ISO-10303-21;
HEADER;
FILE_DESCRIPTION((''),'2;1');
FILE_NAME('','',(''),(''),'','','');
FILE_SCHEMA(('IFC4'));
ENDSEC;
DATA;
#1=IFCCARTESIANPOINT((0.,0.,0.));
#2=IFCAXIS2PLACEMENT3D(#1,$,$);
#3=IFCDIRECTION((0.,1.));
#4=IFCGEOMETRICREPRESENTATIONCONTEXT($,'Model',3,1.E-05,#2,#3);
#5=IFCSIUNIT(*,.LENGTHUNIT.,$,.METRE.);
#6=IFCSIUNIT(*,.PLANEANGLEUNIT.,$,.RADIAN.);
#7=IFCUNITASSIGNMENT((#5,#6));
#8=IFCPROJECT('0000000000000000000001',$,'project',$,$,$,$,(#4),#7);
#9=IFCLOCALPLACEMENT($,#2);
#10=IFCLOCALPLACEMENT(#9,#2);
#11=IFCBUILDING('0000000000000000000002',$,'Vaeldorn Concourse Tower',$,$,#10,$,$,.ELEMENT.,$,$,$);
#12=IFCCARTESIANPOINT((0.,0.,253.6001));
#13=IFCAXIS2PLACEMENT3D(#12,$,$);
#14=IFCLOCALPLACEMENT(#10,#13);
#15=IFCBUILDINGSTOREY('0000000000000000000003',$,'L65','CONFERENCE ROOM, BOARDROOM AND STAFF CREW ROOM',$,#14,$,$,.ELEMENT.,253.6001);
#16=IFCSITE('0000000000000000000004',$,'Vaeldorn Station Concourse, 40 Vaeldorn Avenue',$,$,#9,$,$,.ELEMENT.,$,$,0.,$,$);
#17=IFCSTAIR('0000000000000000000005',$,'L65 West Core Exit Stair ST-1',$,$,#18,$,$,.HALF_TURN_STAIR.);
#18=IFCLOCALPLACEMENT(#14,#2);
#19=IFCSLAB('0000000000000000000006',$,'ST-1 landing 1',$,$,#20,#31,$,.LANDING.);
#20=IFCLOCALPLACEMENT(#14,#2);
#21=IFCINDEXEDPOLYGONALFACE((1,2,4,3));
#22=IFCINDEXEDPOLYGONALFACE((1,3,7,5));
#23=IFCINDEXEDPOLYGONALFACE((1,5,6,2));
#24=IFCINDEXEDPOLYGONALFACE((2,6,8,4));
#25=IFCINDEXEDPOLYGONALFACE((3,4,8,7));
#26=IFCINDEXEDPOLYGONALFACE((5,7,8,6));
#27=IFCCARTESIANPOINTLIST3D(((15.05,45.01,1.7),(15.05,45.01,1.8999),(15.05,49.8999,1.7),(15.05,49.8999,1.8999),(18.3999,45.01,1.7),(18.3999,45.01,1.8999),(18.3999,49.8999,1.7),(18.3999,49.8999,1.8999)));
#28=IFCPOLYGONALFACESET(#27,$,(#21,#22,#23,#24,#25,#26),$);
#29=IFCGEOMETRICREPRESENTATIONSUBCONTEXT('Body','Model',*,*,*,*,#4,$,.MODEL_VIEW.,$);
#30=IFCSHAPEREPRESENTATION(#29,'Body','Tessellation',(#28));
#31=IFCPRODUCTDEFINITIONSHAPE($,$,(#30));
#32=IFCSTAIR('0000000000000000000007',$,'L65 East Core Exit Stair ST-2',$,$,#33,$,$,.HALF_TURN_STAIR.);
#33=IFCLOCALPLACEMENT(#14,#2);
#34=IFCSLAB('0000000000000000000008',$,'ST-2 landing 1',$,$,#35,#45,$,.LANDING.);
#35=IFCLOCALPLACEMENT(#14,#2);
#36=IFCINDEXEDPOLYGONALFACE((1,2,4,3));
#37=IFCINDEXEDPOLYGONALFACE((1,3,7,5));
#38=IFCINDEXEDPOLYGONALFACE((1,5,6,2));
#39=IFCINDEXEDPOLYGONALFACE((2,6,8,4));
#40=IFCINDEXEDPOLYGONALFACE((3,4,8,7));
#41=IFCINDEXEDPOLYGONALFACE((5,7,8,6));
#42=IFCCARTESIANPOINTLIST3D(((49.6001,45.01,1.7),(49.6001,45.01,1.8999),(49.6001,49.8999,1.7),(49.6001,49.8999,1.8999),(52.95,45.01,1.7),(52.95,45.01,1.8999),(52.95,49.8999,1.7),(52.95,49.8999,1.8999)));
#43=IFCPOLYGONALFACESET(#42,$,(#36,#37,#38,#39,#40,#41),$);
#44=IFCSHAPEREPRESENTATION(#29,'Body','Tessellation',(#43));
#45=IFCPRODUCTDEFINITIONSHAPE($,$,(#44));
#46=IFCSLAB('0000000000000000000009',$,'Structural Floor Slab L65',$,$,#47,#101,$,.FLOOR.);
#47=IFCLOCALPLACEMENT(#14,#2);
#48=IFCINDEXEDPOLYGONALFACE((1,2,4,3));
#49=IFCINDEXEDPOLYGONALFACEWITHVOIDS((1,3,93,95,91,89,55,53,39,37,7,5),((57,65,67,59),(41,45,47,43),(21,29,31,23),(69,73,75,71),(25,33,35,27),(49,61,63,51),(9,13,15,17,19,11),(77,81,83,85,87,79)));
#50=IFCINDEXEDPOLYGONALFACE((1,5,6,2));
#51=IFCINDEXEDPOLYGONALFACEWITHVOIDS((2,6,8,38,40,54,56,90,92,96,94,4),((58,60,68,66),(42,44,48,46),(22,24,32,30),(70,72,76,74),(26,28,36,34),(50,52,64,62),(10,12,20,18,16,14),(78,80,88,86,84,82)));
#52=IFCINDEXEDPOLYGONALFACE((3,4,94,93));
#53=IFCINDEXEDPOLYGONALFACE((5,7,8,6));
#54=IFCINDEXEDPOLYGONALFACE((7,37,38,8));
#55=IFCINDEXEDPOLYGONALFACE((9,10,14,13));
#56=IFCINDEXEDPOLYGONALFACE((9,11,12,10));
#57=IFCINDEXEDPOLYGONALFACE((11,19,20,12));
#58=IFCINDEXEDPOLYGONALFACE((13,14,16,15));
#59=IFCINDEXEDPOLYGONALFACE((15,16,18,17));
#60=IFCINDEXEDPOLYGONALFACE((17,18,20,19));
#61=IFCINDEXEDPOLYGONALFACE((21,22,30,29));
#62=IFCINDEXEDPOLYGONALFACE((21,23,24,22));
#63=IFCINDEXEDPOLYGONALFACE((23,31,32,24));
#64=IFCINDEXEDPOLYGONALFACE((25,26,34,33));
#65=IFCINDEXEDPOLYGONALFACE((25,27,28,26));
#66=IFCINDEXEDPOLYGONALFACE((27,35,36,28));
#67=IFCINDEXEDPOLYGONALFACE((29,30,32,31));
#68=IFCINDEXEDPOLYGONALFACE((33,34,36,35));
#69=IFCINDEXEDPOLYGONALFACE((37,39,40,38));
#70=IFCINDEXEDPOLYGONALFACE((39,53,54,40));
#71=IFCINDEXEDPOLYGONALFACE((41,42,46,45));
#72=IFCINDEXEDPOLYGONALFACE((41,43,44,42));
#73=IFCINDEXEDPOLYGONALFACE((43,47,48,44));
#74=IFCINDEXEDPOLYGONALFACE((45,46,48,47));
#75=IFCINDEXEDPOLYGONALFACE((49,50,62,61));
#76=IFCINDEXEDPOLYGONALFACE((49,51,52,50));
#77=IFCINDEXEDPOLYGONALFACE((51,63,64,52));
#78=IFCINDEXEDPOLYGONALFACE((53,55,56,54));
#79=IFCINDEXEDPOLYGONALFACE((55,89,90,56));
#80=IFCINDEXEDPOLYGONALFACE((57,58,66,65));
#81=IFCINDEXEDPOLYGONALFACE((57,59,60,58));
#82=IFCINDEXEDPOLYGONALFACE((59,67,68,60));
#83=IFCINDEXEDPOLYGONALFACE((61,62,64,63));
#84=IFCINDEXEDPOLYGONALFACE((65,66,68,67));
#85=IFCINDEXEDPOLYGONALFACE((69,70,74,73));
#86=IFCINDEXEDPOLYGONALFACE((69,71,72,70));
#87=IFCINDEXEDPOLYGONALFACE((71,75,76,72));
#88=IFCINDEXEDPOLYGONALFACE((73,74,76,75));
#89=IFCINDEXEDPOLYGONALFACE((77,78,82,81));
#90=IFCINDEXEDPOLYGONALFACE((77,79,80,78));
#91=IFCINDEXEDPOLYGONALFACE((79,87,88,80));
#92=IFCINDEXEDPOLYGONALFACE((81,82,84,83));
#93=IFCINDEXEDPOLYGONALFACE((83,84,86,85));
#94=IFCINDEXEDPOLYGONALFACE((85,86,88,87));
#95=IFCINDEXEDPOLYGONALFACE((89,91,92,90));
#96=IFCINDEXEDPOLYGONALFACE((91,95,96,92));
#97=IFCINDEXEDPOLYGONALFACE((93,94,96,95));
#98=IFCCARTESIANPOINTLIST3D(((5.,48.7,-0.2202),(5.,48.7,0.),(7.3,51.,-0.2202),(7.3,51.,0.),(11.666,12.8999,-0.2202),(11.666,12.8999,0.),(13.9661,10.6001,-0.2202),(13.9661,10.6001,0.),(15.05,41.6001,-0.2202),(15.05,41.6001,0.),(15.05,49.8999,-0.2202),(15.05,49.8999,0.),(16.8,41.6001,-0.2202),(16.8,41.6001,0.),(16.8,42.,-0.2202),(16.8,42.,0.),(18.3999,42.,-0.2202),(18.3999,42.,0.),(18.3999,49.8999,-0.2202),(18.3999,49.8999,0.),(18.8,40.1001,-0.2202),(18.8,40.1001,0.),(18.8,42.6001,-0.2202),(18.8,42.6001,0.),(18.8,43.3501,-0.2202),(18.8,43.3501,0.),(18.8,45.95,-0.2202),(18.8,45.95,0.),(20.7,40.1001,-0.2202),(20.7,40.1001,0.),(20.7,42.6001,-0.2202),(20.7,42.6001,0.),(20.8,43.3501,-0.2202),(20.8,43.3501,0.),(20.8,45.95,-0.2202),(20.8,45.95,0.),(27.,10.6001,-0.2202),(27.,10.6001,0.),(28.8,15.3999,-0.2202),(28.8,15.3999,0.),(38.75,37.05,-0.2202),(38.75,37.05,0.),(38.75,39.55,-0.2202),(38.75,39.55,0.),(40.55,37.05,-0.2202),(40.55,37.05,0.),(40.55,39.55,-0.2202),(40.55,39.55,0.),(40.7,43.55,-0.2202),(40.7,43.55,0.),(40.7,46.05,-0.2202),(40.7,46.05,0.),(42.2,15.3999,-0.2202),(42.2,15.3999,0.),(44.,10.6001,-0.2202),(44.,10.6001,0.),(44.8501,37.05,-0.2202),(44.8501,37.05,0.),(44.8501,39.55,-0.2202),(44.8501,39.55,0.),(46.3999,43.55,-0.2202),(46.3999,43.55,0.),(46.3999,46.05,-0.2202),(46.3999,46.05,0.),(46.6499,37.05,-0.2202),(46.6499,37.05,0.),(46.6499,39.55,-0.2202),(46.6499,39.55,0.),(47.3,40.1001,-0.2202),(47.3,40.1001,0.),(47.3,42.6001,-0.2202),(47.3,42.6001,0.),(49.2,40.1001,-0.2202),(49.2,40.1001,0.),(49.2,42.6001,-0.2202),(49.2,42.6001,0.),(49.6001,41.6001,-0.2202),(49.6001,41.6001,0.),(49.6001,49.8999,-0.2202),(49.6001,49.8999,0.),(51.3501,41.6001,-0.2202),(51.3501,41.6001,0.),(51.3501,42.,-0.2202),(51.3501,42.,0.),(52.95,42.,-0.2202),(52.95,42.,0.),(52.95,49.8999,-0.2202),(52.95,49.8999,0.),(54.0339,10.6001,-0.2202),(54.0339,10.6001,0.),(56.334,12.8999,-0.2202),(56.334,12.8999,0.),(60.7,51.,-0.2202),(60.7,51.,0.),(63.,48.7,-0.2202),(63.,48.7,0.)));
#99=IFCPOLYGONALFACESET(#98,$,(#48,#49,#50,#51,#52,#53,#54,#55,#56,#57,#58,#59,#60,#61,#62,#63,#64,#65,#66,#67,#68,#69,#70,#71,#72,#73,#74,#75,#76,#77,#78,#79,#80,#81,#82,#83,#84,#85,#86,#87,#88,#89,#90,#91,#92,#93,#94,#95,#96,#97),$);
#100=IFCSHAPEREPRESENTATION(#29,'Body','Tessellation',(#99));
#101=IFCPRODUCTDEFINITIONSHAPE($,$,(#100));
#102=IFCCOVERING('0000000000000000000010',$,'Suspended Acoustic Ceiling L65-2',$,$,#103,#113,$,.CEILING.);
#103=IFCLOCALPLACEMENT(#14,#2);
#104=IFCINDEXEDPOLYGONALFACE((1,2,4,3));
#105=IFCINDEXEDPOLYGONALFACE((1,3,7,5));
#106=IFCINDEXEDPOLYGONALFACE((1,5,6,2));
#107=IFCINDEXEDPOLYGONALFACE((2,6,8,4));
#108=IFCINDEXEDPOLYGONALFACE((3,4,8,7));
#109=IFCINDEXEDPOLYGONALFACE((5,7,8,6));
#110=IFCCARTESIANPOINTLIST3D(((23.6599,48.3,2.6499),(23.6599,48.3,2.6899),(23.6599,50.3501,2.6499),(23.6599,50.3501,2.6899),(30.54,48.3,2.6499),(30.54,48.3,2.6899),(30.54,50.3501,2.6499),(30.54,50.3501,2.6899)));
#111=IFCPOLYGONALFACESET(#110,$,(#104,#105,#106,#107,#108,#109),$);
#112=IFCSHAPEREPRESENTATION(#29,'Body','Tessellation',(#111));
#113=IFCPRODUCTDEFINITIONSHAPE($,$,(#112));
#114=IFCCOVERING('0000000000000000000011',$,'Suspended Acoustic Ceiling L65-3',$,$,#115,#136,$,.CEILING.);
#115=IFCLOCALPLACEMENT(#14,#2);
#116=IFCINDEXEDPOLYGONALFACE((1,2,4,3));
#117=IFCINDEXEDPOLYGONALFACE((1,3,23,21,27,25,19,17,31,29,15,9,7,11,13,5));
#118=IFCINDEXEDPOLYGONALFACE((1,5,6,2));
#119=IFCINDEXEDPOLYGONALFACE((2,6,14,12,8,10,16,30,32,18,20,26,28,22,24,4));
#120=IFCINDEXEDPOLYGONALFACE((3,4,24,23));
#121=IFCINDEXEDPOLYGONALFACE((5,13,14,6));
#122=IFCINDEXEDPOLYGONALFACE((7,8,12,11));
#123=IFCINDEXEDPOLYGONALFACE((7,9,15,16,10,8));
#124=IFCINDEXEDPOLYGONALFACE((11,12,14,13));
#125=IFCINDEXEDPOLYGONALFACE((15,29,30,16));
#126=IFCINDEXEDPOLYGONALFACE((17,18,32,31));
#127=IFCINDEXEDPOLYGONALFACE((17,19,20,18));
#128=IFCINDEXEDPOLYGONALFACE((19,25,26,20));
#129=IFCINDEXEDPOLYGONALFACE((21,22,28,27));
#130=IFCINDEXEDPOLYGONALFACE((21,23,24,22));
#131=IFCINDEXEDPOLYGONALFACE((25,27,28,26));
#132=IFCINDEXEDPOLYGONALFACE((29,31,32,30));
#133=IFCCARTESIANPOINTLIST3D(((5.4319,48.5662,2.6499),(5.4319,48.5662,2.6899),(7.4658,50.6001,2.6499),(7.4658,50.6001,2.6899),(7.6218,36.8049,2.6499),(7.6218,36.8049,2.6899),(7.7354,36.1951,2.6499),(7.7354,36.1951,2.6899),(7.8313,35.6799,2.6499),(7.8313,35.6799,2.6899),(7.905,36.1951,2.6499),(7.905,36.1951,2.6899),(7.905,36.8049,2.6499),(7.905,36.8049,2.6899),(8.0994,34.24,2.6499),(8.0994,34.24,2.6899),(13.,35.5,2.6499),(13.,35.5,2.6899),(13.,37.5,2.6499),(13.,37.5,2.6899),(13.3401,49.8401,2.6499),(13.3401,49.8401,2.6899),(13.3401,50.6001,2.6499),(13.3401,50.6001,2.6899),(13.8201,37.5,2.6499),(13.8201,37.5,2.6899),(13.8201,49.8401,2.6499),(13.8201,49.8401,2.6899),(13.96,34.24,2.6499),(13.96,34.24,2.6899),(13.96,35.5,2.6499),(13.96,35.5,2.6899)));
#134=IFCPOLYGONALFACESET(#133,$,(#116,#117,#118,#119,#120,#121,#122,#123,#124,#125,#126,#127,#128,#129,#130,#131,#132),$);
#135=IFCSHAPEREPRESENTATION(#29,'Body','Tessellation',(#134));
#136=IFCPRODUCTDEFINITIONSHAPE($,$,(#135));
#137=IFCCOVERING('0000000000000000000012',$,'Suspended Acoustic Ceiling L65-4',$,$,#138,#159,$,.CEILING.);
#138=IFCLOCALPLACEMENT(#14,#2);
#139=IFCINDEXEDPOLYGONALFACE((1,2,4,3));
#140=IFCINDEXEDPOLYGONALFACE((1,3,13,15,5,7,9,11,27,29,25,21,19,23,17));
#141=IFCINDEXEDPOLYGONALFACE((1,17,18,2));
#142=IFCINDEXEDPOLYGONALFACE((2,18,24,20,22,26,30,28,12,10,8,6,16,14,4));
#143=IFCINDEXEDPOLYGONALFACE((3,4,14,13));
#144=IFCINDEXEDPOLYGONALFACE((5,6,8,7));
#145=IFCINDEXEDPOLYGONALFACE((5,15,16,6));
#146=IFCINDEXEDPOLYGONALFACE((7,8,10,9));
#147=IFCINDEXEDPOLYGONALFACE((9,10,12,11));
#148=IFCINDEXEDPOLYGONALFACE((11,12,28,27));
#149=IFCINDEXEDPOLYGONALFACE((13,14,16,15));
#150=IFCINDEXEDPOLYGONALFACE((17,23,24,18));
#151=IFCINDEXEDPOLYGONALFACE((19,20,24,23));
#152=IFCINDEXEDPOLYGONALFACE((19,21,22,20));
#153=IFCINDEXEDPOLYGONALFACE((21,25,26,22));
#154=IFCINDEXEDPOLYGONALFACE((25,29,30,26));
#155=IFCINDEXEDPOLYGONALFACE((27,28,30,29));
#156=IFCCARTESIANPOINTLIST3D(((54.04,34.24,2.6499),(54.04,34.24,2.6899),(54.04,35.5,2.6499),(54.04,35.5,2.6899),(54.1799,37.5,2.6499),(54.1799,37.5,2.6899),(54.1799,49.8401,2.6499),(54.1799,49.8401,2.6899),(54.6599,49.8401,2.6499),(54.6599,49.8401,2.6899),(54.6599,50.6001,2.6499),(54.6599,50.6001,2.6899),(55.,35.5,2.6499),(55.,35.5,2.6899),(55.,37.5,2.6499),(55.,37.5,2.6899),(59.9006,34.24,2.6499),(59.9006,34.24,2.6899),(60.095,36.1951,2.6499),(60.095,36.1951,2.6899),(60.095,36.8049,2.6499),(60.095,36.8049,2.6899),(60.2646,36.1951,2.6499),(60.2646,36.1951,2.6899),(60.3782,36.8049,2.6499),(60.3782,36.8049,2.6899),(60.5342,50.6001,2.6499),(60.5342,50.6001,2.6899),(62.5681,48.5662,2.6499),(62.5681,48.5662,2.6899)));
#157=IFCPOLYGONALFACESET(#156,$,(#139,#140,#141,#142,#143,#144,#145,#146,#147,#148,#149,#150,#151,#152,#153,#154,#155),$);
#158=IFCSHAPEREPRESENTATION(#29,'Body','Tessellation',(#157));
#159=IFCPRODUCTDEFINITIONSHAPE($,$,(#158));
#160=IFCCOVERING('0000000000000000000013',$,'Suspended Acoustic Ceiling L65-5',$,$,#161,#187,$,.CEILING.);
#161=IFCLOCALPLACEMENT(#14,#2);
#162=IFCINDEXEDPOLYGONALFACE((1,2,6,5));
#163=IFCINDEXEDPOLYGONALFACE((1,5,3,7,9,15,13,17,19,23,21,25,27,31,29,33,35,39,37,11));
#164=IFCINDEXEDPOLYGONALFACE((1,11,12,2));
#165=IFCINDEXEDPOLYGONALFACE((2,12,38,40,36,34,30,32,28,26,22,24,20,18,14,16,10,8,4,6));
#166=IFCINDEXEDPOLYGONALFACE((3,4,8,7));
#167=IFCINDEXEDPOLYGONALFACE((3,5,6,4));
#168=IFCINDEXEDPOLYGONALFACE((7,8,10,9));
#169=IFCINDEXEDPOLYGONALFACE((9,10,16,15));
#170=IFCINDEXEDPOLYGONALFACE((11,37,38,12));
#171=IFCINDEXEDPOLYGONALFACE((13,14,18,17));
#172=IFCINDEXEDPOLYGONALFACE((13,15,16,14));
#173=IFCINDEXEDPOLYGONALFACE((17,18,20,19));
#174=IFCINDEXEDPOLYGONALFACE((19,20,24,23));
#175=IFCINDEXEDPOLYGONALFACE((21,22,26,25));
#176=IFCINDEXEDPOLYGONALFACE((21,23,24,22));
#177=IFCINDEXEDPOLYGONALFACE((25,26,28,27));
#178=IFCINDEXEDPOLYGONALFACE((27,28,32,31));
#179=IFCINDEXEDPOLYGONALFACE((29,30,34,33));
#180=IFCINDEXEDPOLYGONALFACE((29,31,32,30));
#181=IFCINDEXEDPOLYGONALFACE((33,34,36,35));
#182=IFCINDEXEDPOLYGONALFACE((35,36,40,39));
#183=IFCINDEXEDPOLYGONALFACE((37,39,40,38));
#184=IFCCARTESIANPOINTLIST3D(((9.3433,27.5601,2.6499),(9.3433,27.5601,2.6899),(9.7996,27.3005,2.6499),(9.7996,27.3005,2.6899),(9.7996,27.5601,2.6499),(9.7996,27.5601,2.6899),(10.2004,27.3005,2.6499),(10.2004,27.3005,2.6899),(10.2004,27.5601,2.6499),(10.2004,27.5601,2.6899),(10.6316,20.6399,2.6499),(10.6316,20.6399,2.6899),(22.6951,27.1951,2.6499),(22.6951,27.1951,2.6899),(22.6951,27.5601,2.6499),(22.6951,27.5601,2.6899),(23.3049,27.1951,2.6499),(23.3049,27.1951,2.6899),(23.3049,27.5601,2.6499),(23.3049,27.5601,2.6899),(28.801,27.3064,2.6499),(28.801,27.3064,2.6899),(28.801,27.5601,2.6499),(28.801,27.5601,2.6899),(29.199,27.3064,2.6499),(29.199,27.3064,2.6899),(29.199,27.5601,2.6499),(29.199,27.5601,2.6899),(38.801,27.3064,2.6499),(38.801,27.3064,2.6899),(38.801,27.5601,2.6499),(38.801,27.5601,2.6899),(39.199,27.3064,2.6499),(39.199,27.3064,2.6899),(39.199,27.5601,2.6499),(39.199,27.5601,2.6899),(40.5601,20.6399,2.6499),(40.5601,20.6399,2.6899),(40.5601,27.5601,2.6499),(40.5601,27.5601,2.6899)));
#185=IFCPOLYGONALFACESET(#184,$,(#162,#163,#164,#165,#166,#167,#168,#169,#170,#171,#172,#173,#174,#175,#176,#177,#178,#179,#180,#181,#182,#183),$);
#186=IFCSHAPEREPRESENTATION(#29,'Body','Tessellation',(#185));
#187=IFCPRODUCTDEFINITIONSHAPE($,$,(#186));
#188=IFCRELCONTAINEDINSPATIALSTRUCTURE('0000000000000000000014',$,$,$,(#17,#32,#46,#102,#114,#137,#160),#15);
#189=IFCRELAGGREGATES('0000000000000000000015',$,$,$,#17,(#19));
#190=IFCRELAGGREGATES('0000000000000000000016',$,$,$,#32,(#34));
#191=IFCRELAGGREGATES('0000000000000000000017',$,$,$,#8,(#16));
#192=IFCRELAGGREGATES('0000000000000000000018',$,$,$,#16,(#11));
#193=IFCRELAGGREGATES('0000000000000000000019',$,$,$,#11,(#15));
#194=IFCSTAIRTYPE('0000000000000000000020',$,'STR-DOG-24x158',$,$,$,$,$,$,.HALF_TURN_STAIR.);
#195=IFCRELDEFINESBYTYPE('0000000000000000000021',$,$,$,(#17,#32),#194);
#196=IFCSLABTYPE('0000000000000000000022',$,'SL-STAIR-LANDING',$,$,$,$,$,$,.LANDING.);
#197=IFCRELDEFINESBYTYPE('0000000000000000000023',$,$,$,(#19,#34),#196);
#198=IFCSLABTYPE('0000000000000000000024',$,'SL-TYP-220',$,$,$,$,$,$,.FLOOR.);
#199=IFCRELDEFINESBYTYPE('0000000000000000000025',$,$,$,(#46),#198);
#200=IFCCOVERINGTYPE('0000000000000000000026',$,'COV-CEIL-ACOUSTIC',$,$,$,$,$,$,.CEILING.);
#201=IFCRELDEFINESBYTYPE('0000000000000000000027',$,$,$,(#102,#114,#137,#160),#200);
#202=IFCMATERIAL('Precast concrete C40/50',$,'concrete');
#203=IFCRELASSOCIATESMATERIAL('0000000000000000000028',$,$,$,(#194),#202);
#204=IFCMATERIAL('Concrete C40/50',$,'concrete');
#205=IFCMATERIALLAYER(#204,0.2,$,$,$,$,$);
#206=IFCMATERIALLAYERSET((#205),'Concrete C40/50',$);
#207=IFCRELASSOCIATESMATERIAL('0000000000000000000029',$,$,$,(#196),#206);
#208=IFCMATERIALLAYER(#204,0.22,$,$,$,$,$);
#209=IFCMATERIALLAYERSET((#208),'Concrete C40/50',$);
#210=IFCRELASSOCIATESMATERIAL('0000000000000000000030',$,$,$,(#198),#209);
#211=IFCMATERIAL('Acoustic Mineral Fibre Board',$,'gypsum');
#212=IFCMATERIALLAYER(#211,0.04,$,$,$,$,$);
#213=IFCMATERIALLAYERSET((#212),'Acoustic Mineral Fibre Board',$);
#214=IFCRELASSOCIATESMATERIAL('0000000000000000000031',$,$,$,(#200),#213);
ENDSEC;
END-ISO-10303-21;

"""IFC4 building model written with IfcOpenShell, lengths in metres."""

from ifc_helpers import new_model, si_unit, direction, frame, origin, place, context, subcontext, project, spatial, polyline, outline, extrude, material, layer, layer_set, type_object, element, aggregate, save


model = new_model("IFC4")

# Units and contexts
model_context = context("Model", 3, precision=1e-05, world=origin(), true_north=direction((0.0, 1.0)))
body_context = subcontext(model_context, "Body", "Model", "MODEL_VIEW")
ifc_project = project(units=[si_unit("LENGTHUNIT", "METRE"), si_unit("PLANEANGLEUNIT", "RADIAN")], contexts=[model_context])

# Site, building, storey
site_placement = place(None, origin())
site = spatial("IfcSite", under=ifc_project, at=site_placement, Name="Vaeldorn Station Concourse, 40 Vaeldorn Avenue", CompositionType="ELEMENT", RefElevation=0.0)
building_placement = place(site_placement, origin())
building = spatial("IfcBuilding", under=site, at=building_placement, Name="Vaeldorn Concourse Tower", CompositionType="ELEMENT")
storey_placement = place(building_placement, frame((0.0, 0.0, 253.6001)))
storey = spatial("IfcBuildingStorey", under=building, at=storey_placement, Name="L65", Description="CONFERENCE ROOM, BOARDROOM AND STAFF CREW ROOM", CompositionType="ELEMENT", Elevation=253.6001)

# Stairs, slabs
ifc_material_1 = material(Name="Precast concrete C40/50", Category="concrete")
stair_type = type_object("IfcStairType", Name="STR-DOG-24x158", PredefinedType="HALF_TURN_STAIR", material=ifc_material_1)
stair_1_placement = place(storey_placement, origin())
stair_1 = element("IfcStair", 1, at=stair_1_placement, inside=storey, type_object=stair_type, Name="L65 West Core Exit Stair ST-1", PredefinedType="HALF_TURN_STAIR")
ifc_material_2 = material(Name="Concrete C40/50", Category="concrete")
ifc_layer_1 = layer(ifc_material_2, 0.2)
ifc_layer_set_1 = layer_set([ifc_layer_1], Name="Concrete C40/50")
slab_type_1 = type_object("IfcSlabType", Name="SL-STAIR-LANDING", PredefinedType="LANDING", material=ifc_layer_set_1)
slab_1_placement = place(storey_placement, frame((0.0, 0.0, 1.7)))
slab_1 = element("IfcSlab", 2, at=slab_1_placement, type_object=slab_type_1, Name="ST-1 landing 1", PredefinedType="LANDING", context=body_context, shape_type="SweptSolid", body=[
    extrude(outline(polyline([(18.3999, 45.01), (18.3999, 49.8999), (15.05, 49.8999), (15.05, 45.01), (18.3999, 45.01)])), origin(), (0.0, 0.0, 1.0), 0.2),
])
aggregate(stair_1, [slab_1])
stair_2_placement = place(storey_placement, origin())
stair_2 = element("IfcStair", 3, at=stair_2_placement, inside=storey, type_object=stair_type, Name="L65 East Core Exit Stair ST-2", PredefinedType="HALF_TURN_STAIR")
slab_2_placement = place(storey_placement, frame((0.0, 0.0, 1.7)))
slab_2 = element("IfcSlab", 4, at=slab_2_placement, type_object=slab_type_1, Name="ST-2 landing 1", PredefinedType="LANDING", context=body_context, shape_type="SweptSolid", body=[
    extrude(outline(polyline([(52.95, 45.01), (52.95, 49.8999), (49.6001, 49.8999), (49.6001, 45.01), (52.95, 45.01)])), origin(), (0.0, 0.0, 1.0), 0.2),
])
aggregate(stair_2, [slab_2])

# Slab
ifc_layer_2 = layer(ifc_material_2, 0.22)
ifc_layer_set_2 = layer_set([ifc_layer_2], Name="Concrete C40/50")
slab_type_2 = type_object("IfcSlabType", Name="SL-TYP-220", PredefinedType="FLOOR", material=ifc_layer_set_2)
slab_3_placement = place(storey_placement, frame((0.0, 0.0, -0.2202)))
element("IfcSlab", 5, at=slab_3_placement, inside=storey, type_object=slab_type_2, Name="Structural Floor Slab L65", PredefinedType="FLOOR", context=body_context, shape_type="SweptSolid", body=[
    extrude(outline(polyline([(13.9661, 10.6001), (27.0, 10.6001), (28.8, 15.3999), (42.2, 15.3999), (44.0, 10.6001), (54.0339, 10.6001), (56.334, 12.8999), (63.0, 48.7), (60.7, 51.0), (7.3, 51.0), (5.0, 48.7), (11.666, 12.8999), (13.9661, 10.6001)]), holes=[polyline([(18.3999, 42.0), (18.3999, 49.8999), (15.05, 49.8999), (15.05, 41.6001), (16.8, 41.6001), (16.8, 42.0), (18.3999, 42.0)]), polyline([(52.95, 42.0), (52.95, 49.8999), (49.6001, 49.8999), (49.6001, 41.6001), (51.3501, 41.6001), (51.3501, 42.0), (52.95, 42.0)]), polyline([(38.75, 37.05), (40.55, 37.05), (40.55, 39.55), (38.75, 39.55), (38.75, 37.05)]), polyline([(44.8501, 37.05), (46.6499, 37.05), (46.6499, 39.55), (44.8501, 39.55), (44.8501, 37.05)]), polyline([(40.7, 43.55), (46.3999, 43.55), (46.3999, 46.05), (40.7, 46.05), (40.7, 43.55)]), polyline([(18.8, 43.3501), (20.8, 43.3501), (20.8, 45.95), (18.8, 45.95), (18.8, 43.3501)]), polyline([(18.8, 40.1001), (20.7, 40.1001), (20.7, 42.6001), (18.8, 42.6001), (18.8, 40.1001)]), polyline([(47.3, 40.1001), (49.2, 40.1001), (49.2, 42.6001), (47.3, 42.6001), (47.3, 40.1001)])]), origin(), (0.0, 0.0, 1.0), 0.2202),
])

# Coverings
ifc_material_3 = material(Name="Acoustic Mineral Fibre Board", Category="gypsum")
ifc_layer_3 = layer(ifc_material_3, 0.04)
ifc_layer_set_3 = layer_set([ifc_layer_3], Name="Acoustic Mineral Fibre Board")
covering_type_1 = type_object("IfcCoveringType", Name="COV-CEIL-ACOUSTIC", PredefinedType="CEILING", material=ifc_layer_set_3)
covering_1_placement = place(storey_placement, frame((0.0, 0.0, 2.6499)))
element("IfcCovering", 6, at=covering_1_placement, inside=storey, type_object=covering_type_1, Name="Suspended Acoustic Ceiling L65-2", PredefinedType="CEILING", context=body_context, shape_type="SweptSolid", body=[
    extrude(outline(polyline([(30.54, 50.3501), (30.54, 48.3), (23.6599, 48.3), (23.6599, 50.3501), (30.54, 50.3501)])), origin(), (0.0, 0.0, 1.0), 0.04),
])
covering_2_placement = place(storey_placement, frame((0.0, 0.0, 2.6499)))
element("IfcCovering", 7, at=covering_2_placement, inside=storey, type_object=covering_type_1, Name="Suspended Acoustic Ceiling L65-3", PredefinedType="CEILING", context=body_context, shape_type="SweptSolid", body=[
    extrude(outline(polyline([(7.4658, 50.6001), (13.3401, 50.6001), (13.3401, 49.8401), (13.8201, 49.8401), (13.8201, 37.5), (13.0, 37.5), (13.0, 35.5), (13.96, 35.5), (13.96, 34.24), (8.0994, 34.24), (7.8313, 35.6799), (7.8313, 35.6799), (7.7354, 36.1951), (7.905, 36.1951), (7.905, 36.8049), (7.6218, 36.8049), (5.4319, 48.5662), (7.4658, 50.6001)])), origin(), (0.0, 0.0, 1.0), 0.04),
])
covering_3_placement = place(storey_placement, frame((0.0, 0.0, 2.6499)))
element("IfcCovering", 8, at=covering_3_placement, inside=storey, type_object=covering_type_1, Name="Suspended Acoustic Ceiling L65-4", PredefinedType="CEILING", context=body_context, shape_type="SweptSolid", body=[
    extrude(outline(polyline([(54.1799, 49.8401), (54.6599, 49.8401), (54.6599, 50.6001), (60.5342, 50.6001), (62.5681, 48.5662), (60.3782, 36.8049), (60.095, 36.8049), (60.095, 36.1951), (60.2646, 36.1951), (59.9006, 34.24), (54.04, 34.24), (54.04, 35.5), (55.0, 35.5), (55.0, 37.5), (54.1799, 37.5), (54.1799, 49.8401)])), origin(), (0.0, 0.0, 1.0), 0.04),
])
covering_4_placement = place(storey_placement, frame((0.0, 0.0, 2.6499)))
element("IfcCovering", 9, at=covering_4_placement, inside=storey, type_object=covering_type_1, Name="Suspended Acoustic Ceiling L65-5", PredefinedType="CEILING", context=body_context, shape_type="SweptSolid", body=[
    extrude(outline(polyline([(9.7996, 27.5601), (9.7996, 27.3005), (10.2004, 27.3005), (10.2004, 27.5601), (22.6951, 27.5601), (22.6951, 27.1951), (23.3049, 27.1951), (23.3049, 27.5601), (28.801, 27.5601), (28.801, 27.3064), (29.199, 27.3064), (29.199, 27.5601), (38.801, 27.5601), (38.801, 27.3064), (39.199, 27.3064), (39.199, 27.5601), (40.5601, 27.5601), (40.5601, 20.6399), (10.6316, 20.6399), (9.3433, 27.5601), (9.7996, 27.5601)])), origin(), (0.0, 0.0, 1.0), 0.04),
])

save(model, "model.ifc")
